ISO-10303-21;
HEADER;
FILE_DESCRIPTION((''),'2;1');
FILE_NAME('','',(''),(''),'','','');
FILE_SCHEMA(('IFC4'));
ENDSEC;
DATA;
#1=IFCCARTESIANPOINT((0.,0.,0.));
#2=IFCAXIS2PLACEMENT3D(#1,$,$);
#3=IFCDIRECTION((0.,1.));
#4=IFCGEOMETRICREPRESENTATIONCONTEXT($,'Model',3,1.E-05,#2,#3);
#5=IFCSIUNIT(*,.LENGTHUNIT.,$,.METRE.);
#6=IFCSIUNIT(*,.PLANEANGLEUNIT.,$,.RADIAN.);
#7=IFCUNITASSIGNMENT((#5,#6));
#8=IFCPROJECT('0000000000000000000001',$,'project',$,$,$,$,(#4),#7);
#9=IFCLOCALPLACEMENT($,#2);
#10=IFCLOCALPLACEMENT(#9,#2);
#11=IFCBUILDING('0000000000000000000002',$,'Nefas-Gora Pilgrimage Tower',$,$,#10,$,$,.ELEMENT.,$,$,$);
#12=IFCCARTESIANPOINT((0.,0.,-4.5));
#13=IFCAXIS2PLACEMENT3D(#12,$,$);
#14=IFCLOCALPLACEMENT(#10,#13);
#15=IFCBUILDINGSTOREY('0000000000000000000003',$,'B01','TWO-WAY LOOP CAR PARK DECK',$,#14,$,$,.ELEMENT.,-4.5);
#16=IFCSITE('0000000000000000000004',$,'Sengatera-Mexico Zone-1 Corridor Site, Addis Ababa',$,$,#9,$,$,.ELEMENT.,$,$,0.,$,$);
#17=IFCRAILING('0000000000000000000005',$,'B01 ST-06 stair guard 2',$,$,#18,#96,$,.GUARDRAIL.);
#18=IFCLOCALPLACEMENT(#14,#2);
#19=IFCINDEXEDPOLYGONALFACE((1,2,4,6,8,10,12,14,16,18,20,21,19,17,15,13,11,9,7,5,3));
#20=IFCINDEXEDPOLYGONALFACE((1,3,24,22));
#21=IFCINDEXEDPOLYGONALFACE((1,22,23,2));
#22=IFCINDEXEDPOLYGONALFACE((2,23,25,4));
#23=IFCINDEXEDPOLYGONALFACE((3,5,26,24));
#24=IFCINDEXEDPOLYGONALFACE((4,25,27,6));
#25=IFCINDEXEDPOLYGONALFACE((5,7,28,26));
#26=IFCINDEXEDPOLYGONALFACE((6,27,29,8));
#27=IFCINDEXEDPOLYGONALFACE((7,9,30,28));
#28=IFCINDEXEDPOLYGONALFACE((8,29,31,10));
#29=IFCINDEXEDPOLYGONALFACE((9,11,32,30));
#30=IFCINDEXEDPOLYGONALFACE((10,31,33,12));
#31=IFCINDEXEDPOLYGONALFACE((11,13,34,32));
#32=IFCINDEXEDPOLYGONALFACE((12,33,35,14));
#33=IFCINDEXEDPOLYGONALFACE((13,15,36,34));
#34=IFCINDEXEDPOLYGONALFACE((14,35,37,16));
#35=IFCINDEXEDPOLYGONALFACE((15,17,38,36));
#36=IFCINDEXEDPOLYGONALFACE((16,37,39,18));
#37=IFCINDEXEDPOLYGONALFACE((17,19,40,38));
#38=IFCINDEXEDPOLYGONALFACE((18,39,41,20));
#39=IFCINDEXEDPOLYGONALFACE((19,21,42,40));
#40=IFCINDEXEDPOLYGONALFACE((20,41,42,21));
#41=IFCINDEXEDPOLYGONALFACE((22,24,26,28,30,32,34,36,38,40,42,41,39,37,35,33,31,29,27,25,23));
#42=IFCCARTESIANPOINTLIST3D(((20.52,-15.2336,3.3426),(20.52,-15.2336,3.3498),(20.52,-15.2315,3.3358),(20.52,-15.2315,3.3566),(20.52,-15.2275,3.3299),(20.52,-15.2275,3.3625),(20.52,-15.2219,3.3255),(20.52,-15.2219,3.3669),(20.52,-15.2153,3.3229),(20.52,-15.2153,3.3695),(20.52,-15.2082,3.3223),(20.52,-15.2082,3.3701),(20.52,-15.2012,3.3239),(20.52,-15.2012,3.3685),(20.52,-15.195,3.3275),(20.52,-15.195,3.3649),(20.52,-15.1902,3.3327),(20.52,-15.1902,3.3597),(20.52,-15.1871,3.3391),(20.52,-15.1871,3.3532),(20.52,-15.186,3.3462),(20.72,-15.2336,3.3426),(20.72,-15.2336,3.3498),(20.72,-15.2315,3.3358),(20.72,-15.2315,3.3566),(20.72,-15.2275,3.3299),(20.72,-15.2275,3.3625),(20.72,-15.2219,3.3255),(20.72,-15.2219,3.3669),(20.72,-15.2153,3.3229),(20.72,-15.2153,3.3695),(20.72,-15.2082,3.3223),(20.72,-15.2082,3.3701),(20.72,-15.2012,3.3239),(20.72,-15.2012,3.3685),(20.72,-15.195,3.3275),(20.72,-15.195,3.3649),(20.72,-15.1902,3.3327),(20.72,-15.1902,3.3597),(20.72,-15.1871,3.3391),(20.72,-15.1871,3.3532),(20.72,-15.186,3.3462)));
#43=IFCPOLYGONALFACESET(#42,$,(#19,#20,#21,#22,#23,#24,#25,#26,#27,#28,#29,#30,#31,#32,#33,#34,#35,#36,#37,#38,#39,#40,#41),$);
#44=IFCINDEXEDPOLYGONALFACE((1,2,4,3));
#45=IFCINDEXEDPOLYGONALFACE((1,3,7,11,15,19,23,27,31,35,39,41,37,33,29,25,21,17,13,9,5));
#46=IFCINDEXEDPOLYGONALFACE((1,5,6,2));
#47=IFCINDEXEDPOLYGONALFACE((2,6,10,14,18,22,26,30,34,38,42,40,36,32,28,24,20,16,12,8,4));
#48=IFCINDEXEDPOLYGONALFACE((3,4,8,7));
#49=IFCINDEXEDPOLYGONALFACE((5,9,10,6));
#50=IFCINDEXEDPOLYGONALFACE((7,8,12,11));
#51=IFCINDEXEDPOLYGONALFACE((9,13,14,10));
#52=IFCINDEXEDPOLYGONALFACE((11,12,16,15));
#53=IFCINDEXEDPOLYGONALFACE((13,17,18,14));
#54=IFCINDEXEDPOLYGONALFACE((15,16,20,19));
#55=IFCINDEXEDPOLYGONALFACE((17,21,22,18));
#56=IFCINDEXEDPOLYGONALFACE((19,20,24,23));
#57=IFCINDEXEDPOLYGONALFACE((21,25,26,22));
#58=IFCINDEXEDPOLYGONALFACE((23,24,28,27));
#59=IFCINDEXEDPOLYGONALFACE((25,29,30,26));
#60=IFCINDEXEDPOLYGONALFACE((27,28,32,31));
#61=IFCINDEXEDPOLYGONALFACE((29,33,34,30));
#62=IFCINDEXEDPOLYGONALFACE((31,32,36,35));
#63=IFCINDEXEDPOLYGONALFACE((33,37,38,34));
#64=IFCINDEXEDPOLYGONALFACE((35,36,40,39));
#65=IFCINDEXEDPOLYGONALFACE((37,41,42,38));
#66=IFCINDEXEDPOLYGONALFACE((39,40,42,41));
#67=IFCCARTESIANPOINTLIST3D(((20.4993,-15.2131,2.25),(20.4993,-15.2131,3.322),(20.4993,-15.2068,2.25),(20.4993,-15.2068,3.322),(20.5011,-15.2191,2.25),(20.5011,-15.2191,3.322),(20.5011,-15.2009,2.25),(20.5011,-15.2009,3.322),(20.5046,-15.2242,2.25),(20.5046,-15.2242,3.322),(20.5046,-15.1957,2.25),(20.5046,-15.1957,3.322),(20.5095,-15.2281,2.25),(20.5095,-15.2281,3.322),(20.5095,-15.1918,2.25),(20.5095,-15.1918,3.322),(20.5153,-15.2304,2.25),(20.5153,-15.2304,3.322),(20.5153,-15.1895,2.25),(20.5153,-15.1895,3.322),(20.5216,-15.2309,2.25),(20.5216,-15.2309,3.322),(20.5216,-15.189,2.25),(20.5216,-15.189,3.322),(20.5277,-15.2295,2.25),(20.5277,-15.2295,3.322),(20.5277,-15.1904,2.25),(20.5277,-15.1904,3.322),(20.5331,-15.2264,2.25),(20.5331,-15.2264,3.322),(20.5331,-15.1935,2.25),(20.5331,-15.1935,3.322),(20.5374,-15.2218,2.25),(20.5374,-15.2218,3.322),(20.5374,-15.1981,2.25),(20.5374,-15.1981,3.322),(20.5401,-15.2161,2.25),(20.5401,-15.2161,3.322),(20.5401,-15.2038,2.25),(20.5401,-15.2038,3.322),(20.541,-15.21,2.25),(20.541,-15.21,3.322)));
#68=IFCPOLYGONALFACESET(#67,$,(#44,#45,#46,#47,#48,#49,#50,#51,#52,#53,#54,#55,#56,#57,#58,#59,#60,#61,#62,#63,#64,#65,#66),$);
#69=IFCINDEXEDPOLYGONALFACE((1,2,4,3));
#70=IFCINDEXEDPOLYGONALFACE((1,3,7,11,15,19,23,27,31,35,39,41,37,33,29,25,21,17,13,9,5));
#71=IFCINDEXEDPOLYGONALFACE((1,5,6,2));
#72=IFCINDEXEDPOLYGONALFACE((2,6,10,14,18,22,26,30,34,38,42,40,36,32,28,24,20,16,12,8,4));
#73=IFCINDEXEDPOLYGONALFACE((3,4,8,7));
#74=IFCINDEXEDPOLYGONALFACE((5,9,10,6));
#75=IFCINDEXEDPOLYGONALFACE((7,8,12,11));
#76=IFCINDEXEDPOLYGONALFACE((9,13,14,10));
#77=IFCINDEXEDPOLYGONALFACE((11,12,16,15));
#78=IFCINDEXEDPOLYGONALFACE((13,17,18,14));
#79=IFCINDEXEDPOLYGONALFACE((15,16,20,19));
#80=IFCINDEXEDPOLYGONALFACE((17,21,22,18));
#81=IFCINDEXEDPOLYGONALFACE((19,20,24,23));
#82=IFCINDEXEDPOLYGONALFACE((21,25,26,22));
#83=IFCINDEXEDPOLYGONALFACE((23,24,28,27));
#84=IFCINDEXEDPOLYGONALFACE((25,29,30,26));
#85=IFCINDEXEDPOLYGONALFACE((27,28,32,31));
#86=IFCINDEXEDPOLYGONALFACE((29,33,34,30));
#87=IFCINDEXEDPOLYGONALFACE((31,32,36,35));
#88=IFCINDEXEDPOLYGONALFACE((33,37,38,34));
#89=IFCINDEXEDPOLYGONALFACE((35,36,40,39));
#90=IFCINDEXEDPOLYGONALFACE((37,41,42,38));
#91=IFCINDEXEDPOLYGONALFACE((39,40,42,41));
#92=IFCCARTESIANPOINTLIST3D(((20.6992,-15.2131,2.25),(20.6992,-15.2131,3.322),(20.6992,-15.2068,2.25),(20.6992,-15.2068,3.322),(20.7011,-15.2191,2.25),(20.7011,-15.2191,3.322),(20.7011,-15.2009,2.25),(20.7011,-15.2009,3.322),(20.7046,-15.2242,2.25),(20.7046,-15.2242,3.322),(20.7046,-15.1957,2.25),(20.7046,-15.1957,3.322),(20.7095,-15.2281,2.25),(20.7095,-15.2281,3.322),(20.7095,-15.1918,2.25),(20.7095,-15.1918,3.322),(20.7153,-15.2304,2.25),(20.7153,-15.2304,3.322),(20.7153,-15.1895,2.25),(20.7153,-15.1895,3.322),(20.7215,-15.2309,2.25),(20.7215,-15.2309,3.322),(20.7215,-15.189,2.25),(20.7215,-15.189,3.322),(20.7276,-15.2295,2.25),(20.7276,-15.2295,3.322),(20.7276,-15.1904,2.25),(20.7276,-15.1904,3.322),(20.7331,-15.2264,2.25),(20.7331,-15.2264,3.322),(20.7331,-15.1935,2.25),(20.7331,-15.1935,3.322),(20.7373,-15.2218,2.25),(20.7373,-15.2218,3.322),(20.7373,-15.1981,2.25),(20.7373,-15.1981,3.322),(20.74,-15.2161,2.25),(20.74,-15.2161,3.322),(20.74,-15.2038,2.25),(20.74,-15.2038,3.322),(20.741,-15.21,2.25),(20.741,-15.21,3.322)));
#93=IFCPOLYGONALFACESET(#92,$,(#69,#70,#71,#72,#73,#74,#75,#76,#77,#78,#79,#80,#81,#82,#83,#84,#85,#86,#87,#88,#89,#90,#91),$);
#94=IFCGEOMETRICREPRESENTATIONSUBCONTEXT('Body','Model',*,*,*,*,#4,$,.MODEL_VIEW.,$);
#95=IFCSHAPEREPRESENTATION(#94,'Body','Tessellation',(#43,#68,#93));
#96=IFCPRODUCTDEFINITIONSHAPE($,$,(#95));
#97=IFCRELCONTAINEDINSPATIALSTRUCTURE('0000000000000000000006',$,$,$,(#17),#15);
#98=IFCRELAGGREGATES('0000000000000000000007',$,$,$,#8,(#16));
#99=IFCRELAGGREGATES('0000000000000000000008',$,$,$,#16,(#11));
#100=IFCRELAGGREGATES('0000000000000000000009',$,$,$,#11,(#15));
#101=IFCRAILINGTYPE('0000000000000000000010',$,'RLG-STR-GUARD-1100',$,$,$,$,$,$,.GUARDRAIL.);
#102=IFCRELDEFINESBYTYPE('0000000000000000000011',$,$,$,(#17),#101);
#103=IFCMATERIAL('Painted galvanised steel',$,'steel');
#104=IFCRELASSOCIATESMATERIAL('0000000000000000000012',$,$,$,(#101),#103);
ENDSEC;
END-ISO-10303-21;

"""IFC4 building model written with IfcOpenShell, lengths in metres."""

from ifc_helpers import new_model, si_unit, direction, frame, origin, origin_2d, place, context, subcontext, project, spatial, circle, extrude, material, type_object, element, save


model = new_model("IFC4")

# Units and contexts
model_context = context("Model", 3, precision=1e-05, world=origin(), true_north=direction((0.0, 1.0)))
body_context = subcontext(model_context, "Body", "Model", "MODEL_VIEW")
ifc_project = project(units=[si_unit("LENGTHUNIT", "METRE"), si_unit("PLANEANGLEUNIT", "RADIAN")], contexts=[model_context])

# Site, building, storey
site_placement = place(None, origin())
site = spatial("IfcSite", under=ifc_project, at=site_placement, Name="Sengatera-Mexico Zone-1 Corridor Site, Addis Ababa", CompositionType="ELEMENT", RefElevation=0.0)
building_placement = place(site_placement, origin())
building = spatial("IfcBuilding", under=site, at=building_placement, Name="Nefas-Gora Pilgrimage Tower", CompositionType="ELEMENT")
storey_placement = place(building_placement, frame((0.0, 0.0, -4.5)))
storey = spatial("IfcBuildingStorey", under=building, at=storey_placement, Name="B01", Description="TWO-WAY LOOP CAR PARK DECK", CompositionType="ELEMENT", Elevation=-4.5)

# Railing
ifc_material_1 = material(Name="Painted galvanised steel", Category="steel")
railing_type_1 = type_object("IfcRailingType", Name="RLG-STR-GUARD-1100", PredefinedType="GUARDRAIL", material=ifc_material_1)
railing_1_placement = place(storey_placement, frame((20.52, -15.21, 2.25)))
element("IfcRailing", 1, at=railing_1_placement, inside=storey, type_object=railing_type_1, Name="B01 ST-06 stair guard 2", PredefinedType="GUARDRAIL", context=body_context, shape_type="SweptSolid", body=[
    extrude(circle(Radius=0.0239, at=origin_2d()), frame((0.0, 0.0, 1.0962), z_axis=(1.0, 0.0, 0.0), x_axis=(0.0, 1.0, 0.0)), (0.0, 0.0, 1.0), 0.2),
    extrude(circle(Radius=0.021, at=origin_2d()), origin(), (0.0, 0.0, 1.0), 1.072),
    extrude(circle(Radius=0.021, at=origin_2d()), frame((0.2, 0.0, 0.0)), (0.0, 0.0, 1.0), 1.072),
])

save(model, "model.ifc")
